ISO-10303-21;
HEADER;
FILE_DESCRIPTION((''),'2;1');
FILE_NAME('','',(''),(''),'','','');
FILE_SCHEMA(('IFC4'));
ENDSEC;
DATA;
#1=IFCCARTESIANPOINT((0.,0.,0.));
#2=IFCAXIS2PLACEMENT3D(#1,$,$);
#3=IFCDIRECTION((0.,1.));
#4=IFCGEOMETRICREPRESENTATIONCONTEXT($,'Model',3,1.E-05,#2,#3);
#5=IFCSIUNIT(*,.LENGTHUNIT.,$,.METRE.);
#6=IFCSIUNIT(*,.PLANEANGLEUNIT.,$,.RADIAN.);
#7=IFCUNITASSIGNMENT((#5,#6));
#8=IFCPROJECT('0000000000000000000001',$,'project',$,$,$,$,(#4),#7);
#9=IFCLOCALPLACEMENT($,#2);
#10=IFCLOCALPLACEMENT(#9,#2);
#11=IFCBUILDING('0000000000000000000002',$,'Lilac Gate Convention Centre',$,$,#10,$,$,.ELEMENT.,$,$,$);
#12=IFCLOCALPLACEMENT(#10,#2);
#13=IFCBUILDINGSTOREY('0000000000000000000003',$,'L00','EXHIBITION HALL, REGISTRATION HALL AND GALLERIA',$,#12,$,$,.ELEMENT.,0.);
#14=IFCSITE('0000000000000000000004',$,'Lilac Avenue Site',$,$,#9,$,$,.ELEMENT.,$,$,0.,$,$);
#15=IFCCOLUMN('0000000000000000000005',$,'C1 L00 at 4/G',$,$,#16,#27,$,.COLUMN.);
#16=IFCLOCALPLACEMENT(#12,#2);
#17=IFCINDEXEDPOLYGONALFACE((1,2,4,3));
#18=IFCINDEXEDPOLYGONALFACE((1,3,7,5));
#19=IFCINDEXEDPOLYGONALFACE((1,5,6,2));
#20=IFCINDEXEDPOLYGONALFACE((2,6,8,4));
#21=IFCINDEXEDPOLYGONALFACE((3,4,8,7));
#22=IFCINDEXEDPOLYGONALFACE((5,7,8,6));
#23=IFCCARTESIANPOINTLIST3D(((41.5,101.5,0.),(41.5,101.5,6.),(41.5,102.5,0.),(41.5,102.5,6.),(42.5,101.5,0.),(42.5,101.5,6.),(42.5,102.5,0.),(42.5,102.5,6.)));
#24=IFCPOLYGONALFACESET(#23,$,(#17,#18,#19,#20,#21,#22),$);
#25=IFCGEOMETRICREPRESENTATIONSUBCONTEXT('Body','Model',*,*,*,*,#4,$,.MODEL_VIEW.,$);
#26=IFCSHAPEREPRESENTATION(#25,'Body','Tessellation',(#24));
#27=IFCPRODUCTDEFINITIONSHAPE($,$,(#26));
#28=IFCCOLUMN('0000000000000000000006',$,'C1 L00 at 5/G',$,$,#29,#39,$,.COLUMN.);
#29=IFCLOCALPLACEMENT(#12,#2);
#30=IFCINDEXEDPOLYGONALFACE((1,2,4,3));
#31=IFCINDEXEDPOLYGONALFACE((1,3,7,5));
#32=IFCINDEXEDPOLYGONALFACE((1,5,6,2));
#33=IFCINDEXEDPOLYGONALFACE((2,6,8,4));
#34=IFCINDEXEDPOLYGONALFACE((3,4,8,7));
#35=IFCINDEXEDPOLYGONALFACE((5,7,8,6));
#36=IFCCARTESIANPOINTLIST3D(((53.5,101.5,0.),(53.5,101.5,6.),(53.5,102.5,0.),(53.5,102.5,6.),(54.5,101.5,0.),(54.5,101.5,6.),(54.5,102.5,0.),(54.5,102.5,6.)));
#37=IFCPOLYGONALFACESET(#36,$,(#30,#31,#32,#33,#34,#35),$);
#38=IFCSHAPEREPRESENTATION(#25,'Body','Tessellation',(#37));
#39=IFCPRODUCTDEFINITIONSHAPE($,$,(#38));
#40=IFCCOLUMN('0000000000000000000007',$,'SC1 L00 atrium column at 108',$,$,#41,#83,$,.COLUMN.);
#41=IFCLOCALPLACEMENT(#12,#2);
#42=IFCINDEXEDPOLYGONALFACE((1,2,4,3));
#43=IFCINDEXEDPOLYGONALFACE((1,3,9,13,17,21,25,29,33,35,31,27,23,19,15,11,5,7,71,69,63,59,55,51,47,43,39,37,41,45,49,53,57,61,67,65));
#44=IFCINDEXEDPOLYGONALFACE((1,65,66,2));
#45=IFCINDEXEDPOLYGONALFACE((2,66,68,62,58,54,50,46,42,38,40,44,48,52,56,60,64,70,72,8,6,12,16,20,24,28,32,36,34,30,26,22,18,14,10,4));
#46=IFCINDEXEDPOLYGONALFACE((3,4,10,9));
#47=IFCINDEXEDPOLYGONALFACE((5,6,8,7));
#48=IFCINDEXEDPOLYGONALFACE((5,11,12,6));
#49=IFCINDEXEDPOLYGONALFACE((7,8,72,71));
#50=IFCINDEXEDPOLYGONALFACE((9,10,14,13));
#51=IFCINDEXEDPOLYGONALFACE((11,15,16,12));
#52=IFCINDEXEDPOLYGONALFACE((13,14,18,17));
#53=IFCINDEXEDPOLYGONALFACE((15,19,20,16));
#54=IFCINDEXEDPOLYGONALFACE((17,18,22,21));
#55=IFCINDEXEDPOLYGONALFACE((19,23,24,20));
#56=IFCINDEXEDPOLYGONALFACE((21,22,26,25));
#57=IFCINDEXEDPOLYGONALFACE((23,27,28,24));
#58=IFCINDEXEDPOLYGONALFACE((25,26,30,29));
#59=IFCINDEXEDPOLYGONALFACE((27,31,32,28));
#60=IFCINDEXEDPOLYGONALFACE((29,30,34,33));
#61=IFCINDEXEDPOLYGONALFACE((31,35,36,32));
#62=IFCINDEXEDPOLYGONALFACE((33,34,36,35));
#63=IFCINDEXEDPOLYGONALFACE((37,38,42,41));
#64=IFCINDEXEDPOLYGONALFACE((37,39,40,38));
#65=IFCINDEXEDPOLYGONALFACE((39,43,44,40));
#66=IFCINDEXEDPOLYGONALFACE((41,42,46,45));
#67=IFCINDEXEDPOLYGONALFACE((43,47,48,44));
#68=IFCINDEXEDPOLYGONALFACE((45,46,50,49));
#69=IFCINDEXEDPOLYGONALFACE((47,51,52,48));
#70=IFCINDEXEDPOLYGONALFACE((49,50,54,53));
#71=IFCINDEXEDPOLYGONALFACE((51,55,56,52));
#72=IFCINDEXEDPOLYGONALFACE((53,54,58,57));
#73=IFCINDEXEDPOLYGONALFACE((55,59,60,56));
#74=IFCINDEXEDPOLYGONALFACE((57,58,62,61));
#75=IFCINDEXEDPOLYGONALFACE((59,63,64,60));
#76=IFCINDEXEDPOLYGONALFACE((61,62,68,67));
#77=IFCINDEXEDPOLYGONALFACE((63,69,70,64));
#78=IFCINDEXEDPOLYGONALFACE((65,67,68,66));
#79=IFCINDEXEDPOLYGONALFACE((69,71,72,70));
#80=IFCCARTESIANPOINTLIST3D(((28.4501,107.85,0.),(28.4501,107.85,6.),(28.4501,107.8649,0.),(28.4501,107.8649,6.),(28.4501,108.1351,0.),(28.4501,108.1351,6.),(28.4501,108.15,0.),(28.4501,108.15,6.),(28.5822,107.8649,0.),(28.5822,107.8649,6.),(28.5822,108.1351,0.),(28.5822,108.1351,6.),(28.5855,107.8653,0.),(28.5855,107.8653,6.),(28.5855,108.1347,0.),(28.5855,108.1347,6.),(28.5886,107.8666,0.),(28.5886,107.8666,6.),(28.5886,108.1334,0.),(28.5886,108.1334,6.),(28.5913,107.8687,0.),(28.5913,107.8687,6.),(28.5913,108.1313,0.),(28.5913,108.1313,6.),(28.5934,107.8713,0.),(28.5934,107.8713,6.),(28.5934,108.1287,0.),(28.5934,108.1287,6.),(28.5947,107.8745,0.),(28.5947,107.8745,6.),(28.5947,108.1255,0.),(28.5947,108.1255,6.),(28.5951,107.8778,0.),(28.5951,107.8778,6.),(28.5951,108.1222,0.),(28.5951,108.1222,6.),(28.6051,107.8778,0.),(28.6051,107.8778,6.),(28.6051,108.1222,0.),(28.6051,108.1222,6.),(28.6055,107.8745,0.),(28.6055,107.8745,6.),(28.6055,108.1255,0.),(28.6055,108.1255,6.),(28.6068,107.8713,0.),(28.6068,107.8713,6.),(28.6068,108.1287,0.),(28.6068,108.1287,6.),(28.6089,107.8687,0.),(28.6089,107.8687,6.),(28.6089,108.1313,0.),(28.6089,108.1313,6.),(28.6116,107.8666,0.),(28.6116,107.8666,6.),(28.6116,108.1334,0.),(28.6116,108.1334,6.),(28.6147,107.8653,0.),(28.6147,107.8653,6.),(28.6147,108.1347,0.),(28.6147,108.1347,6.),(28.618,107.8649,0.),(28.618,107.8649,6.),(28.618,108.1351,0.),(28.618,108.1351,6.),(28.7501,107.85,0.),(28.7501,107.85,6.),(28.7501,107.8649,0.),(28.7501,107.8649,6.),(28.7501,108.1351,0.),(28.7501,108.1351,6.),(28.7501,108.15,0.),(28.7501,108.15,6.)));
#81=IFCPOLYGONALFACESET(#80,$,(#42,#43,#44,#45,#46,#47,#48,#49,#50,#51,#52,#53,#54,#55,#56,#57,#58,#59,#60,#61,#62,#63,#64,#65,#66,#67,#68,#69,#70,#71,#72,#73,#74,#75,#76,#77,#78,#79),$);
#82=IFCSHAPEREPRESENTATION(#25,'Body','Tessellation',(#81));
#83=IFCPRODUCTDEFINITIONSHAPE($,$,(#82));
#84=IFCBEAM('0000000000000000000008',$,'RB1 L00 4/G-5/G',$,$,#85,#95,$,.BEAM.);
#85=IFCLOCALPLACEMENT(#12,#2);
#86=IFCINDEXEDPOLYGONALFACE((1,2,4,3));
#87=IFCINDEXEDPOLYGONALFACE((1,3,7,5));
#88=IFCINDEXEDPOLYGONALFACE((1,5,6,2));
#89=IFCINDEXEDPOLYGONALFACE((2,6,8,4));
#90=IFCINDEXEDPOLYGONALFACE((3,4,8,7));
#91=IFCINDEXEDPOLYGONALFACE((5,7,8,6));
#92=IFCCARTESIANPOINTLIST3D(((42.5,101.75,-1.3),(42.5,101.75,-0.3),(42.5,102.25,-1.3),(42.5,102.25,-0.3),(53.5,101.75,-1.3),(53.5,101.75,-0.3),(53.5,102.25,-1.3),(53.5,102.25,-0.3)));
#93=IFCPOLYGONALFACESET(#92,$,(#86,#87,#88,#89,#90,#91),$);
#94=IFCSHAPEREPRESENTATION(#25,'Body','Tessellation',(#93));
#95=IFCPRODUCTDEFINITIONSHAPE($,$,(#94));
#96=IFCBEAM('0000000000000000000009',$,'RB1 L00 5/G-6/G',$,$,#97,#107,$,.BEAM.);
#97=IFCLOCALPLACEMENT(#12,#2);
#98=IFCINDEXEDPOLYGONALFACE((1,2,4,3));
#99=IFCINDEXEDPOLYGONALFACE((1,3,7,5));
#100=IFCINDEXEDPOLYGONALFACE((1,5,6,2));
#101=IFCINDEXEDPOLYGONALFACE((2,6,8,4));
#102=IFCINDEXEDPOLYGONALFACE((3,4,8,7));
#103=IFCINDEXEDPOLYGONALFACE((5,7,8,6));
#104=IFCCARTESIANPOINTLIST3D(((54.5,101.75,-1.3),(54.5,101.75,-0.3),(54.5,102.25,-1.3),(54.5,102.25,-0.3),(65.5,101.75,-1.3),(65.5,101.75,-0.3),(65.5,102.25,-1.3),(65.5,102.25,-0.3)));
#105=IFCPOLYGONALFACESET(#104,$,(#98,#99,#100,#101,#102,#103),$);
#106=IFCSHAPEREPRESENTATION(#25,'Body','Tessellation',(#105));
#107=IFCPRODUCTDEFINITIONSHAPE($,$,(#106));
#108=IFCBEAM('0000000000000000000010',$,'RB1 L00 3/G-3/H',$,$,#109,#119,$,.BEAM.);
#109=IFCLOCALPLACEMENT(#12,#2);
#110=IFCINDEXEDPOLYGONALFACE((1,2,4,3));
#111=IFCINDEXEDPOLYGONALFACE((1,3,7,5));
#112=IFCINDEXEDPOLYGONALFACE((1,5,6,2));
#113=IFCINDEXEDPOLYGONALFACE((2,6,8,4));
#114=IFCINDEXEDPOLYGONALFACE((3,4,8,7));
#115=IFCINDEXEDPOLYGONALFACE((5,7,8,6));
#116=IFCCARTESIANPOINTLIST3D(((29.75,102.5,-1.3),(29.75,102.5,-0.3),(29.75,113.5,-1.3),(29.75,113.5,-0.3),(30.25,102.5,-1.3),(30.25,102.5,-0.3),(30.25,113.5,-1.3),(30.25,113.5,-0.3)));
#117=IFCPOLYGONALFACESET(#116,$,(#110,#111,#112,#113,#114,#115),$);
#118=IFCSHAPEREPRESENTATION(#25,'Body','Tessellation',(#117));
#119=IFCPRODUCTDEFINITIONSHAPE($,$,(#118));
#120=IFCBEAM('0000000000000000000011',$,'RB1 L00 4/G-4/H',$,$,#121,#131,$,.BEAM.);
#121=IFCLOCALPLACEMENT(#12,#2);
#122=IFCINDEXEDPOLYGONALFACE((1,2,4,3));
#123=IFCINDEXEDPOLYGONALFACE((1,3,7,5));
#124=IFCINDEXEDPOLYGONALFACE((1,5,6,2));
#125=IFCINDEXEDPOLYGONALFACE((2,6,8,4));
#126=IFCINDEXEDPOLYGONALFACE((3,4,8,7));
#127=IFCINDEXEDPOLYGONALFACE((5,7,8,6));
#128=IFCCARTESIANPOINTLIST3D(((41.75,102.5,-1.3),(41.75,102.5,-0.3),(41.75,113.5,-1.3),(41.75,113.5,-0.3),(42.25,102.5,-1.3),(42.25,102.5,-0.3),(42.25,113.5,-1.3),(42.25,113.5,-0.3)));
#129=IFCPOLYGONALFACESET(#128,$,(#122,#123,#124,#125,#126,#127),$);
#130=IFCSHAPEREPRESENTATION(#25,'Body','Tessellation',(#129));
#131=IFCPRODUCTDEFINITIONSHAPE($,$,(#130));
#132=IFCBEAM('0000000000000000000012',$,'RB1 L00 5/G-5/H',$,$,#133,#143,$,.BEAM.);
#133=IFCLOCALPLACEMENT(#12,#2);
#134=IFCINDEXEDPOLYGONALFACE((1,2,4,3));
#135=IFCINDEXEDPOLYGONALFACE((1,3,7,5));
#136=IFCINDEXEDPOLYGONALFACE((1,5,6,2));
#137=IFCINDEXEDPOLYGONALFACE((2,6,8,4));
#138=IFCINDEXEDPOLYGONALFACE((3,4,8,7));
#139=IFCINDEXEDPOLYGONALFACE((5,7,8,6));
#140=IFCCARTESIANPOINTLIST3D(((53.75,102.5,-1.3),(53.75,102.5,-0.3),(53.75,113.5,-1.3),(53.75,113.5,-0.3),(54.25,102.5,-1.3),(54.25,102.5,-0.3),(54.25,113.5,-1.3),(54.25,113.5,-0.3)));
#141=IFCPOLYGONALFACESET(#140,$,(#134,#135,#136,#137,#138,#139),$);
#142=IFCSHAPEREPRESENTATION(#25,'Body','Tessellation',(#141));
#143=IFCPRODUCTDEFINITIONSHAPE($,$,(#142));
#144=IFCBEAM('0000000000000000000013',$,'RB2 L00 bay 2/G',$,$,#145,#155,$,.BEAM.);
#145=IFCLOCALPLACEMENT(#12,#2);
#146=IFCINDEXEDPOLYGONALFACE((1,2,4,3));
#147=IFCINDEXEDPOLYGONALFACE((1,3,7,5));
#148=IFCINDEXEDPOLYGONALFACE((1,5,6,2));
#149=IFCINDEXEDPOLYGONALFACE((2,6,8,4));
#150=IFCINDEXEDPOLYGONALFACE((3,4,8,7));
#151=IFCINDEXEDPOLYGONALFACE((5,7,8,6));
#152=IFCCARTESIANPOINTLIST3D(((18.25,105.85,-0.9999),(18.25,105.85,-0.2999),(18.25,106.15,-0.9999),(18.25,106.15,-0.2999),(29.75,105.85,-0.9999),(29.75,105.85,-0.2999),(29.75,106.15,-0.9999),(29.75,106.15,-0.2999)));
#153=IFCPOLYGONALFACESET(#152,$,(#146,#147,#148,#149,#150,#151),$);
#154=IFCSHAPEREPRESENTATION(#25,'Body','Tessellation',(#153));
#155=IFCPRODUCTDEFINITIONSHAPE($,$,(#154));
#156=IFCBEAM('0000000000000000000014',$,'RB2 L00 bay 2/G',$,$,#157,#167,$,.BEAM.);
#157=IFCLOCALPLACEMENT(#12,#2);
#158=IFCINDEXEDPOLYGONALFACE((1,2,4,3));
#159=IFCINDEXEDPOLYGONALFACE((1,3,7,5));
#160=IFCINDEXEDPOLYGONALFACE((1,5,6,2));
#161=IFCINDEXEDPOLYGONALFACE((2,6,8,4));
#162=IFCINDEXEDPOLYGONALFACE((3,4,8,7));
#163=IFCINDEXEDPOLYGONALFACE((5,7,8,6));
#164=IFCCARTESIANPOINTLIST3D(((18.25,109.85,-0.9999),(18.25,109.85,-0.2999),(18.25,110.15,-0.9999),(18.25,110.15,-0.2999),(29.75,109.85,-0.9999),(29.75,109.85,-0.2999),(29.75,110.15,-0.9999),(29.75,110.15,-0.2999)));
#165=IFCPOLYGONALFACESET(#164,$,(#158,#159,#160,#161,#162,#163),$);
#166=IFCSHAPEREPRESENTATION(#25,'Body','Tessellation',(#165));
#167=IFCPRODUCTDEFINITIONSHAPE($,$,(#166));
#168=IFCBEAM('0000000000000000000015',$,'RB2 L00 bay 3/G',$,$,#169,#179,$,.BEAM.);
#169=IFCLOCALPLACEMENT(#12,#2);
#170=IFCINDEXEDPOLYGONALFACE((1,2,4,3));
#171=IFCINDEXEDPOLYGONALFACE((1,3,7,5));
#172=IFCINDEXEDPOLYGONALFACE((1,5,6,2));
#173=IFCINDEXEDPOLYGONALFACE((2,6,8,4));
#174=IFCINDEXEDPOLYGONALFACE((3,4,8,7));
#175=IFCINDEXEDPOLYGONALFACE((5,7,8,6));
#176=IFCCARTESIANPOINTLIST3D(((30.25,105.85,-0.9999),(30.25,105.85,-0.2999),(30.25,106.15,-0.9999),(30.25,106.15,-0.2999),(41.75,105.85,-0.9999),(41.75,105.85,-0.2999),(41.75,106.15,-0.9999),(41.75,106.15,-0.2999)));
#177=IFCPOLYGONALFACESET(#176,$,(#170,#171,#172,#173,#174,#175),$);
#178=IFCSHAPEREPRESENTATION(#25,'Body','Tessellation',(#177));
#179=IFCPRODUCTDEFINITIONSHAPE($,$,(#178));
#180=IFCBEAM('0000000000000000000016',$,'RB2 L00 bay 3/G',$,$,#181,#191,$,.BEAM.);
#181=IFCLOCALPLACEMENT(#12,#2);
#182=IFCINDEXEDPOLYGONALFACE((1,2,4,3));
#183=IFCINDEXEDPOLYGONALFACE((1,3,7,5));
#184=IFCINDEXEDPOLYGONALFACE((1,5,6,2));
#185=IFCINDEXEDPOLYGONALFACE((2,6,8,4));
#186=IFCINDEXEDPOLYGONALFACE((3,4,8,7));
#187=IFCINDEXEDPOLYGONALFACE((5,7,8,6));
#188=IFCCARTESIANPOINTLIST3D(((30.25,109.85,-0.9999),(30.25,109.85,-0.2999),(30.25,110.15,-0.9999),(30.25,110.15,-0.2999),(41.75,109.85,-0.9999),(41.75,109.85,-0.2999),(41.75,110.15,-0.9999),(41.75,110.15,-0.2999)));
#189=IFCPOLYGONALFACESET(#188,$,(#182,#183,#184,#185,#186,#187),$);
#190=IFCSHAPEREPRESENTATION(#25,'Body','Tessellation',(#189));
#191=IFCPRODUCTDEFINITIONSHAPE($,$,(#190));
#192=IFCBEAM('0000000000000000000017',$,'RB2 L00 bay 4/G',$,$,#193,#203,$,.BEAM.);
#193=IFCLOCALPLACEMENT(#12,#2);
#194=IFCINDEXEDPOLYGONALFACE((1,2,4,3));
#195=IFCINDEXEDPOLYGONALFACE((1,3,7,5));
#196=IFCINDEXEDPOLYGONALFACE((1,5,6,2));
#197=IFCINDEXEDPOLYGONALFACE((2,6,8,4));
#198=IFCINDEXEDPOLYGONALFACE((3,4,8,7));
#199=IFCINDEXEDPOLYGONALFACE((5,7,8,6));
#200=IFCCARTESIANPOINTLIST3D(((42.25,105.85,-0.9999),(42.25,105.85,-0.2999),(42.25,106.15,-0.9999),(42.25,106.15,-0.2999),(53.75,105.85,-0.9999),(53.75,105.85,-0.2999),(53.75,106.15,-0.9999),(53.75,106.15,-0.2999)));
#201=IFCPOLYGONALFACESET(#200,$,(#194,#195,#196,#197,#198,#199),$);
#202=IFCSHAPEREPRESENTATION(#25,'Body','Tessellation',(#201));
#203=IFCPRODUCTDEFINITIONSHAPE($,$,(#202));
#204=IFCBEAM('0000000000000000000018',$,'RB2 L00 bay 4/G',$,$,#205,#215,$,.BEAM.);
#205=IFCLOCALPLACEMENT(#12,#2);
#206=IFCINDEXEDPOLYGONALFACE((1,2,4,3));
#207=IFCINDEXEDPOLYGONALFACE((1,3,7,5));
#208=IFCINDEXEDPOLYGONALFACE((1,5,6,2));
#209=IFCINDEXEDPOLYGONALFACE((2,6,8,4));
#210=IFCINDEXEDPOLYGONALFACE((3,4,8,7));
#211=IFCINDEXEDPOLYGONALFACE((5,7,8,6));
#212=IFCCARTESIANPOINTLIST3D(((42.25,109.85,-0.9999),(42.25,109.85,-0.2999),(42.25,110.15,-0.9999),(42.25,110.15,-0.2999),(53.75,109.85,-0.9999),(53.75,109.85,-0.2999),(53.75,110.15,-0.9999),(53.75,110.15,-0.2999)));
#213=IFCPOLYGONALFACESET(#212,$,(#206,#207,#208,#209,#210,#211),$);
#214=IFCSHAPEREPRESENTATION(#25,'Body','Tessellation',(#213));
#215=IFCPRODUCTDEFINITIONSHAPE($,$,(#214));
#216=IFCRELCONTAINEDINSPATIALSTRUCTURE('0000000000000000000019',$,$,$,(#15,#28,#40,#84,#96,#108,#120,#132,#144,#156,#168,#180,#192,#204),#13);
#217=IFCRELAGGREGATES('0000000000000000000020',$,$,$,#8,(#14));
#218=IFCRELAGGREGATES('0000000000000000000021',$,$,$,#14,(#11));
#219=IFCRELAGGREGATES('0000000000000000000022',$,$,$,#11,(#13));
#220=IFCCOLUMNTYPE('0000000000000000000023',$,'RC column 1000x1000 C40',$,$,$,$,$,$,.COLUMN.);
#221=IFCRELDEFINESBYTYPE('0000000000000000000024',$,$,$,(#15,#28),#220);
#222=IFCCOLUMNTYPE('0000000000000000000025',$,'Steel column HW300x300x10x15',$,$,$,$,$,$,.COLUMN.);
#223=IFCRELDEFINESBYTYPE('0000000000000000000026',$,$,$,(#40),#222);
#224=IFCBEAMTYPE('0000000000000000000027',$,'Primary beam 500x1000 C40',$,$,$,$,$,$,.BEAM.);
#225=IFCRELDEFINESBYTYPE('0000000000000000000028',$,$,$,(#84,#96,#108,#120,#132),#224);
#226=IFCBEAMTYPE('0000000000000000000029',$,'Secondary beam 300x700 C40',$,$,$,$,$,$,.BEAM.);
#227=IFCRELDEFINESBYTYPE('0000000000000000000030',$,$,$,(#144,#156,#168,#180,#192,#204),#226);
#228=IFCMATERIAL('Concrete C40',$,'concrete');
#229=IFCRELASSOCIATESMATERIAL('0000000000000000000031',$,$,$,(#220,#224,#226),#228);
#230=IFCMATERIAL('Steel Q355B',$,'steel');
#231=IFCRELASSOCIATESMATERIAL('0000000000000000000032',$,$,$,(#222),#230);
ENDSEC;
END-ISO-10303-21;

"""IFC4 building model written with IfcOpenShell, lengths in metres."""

from ifc_helpers import new_model, si_unit, direction, frame, origin, origin_2d, place, context, subcontext, project, spatial, rectangle, i_section, extrude, material, material_profile, profile_set, type_object, element, save


model = new_model("IFC4")

# Units and contexts
model_context = context("Model", 3, precision=1e-05, world=origin(), true_north=direction((0.0, 1.0)))
body_context = subcontext(model_context, "Body", "Model", "MODEL_VIEW")
ifc_project = project(units=[si_unit("LENGTHUNIT", "METRE"), si_unit("PLANEANGLEUNIT", "RADIAN")], contexts=[model_context])

# Site, building, storey
site_placement = place(None, origin())
site = spatial("IfcSite", under=ifc_project, at=site_placement, Name="Lilac Avenue Site", CompositionType="ELEMENT", RefElevation=0.0)
building_placement = place(site_placement, origin())
building = spatial("IfcBuilding", under=site, at=building_placement, Name="Lilac Gate Convention Centre", CompositionType="ELEMENT")
storey_placement = place(building_placement, origin())
storey = spatial("IfcBuildingStorey", under=building, at=storey_placement, Name="L00", Description="EXHIBITION HALL, REGISTRATION HALL AND GALLERIA", CompositionType="ELEMENT", Elevation=0.0)

# Columns
ifc_material_1 = material(Name="Concrete C40", Category="concrete")
ifc_material_profile_1 = material_profile(ifc_material_1, rectangle(XDim=1.0, YDim=1.0, at=origin_2d()), Name="RC 1000x1000")
ifc_profile_set_1 = profile_set([ifc_material_profile_1], Name="Concrete C40")
column_type_1 = type_object("IfcColumnType", Name="RC column 1000x1000 C40", PredefinedType="COLUMN", material=ifc_profile_set_1)
for number, where, z_axis, x_axis, name in (
    (1, (42.0, 102.0, 0.0), (0.0, 0.0, 1.0), (1.0, 0.0, 0.0), "C1 L00 at 4/G"),
    (2, (54.0, 102.0, 0.0), (0.0, 0.0, 1.0), (1.0, 0.0, 0.0), "C1 L00 at 5/G"),
):
    element("IfcColumn", number, at=place(storey_placement, frame(where, z_axis=z_axis, x_axis=x_axis)), inside=storey, type_object=column_type_1, Name=name, PredefinedType="COLUMN", context=body_context, shape_type="SweptSolid", body=[
        extrude(rectangle(XDim=1.0, YDim=1.0, at=origin_2d()), origin(), (0.0, 0.0, 1.0), 6.0),
    ])
ifc_material_2 = material(Name="Steel Q355B", Category="steel")
ifc_material_profile_2 = material_profile(ifc_material_2, i_section(OverallWidth=0.3, OverallDepth=0.3, WebThickness=0.01, FlangeThickness=0.0149, FilletRadius=0.0129, at=origin_2d()), Name="HW300x300x10x15")
ifc_profile_set_2 = profile_set([ifc_material_profile_2], Name="Steel Q355B")
column_type_2 = type_object("IfcColumnType", Name="Steel column HW300x300x10x15", PredefinedType="COLUMN", material=ifc_profile_set_2)
column_placement = place(storey_placement, frame((28.6001, 108.0, 0.0), z_axis=(0.0, 0.0, 1.0), x_axis=(1.0, 0.0, 0.0)))
element("IfcColumn", 3, at=column_placement, inside=storey, type_object=column_type_2, Name="SC1 L00 atrium column at 108", PredefinedType="COLUMN", context=body_context, shape_type="SweptSolid", body=[
    extrude(i_section(OverallWidth=0.3, OverallDepth=0.3, WebThickness=0.01, FlangeThickness=0.0149, FilletRadius=0.0129, at=origin_2d()), origin(), (0.0, 0.0, 1.0), 6.0),
])

# Beams
ifc_material_profile_3 = material_profile(ifc_material_1, rectangle(XDim=0.5, YDim=1.0, at=origin_2d()), Name="RC 500x1000")
ifc_profile_set_3 = profile_set([ifc_material_profile_3], Name="Concrete C40")
beam_type_1 = type_object("IfcBeamType", Name="Primary beam 500x1000 C40", PredefinedType="BEAM", material=ifc_profile_set_3)
for number, where, z_axis, x_axis, name in (
    (4, (42.5, 102.0, -0.8), (1.0, 0.0, 0.0), (0.0, 1.0, 0.0), "RB1 L00 4/G-5/G"),
    (5, (54.5, 102.0, -0.8), (1.0, 0.0, 0.0), (0.0, 1.0, 0.0), "RB1 L00 5/G-6/G"),
    (6, (30.0, 102.5, -0.8), (0.0, 1.0, 0.0), (-1.0, 0.0, 0.0), "RB1 L00 3/G-3/H"),
    (7, (42.0, 102.5, -0.8), (0.0, 1.0, 0.0), (-1.0, 0.0, 0.0), "RB1 L00 4/G-4/H"),
    (8, (54.0, 102.5, -0.8), (0.0, 1.0, 0.0), (-1.0, 0.0, 0.0), "RB1 L00 5/G-5/H"),
):
    element("IfcBeam", number, at=place(storey_placement, frame(where, z_axis=z_axis, x_axis=x_axis)), inside=storey, type_object=beam_type_1, Name=name, PredefinedType="BEAM", context=body_context, shape_type="SweptSolid", body=[
        extrude(rectangle(XDim=0.5, YDim=1.0, at=origin_2d()), origin(), (0.0, 0.0, 1.0), 11.0),
    ])
ifc_material_profile_4 = material_profile(ifc_material_1, rectangle(XDim=0.3, YDim=0.7, at=origin_2d()), Name="RC 300x700")
ifc_profile_set_4 = profile_set([ifc_material_profile_4], Name="Concrete C40")
beam_type_2 = type_object("IfcBeamType", Name="Secondary beam 300x700 C40", PredefinedType="BEAM", material=ifc_profile_set_4)
for number, where, z_axis, x_axis, name in (
    (9, (18.25, 106.0, -0.6499), (1.0, 0.0, 0.0), (0.0, 1.0, 0.0), "RB2 L00 bay 2/G"),
    (10, (18.25, 110.0, -0.6499), (1.0, 0.0, 0.0), (0.0, 1.0, 0.0), "RB2 L00 bay 2/G"),
    (11, (30.25, 106.0, -0.6499), (1.0, 0.0, 0.0), (0.0, 1.0, 0.0), "RB2 L00 bay 3/G"),
    (12, (30.25, 110.0, -0.6499), (1.0, 0.0, 0.0), (0.0, 1.0, 0.0), "RB2 L00 bay 3/G"),
    (13, (42.25, 106.0, -0.6499), (1.0, 0.0, 0.0), (0.0, 1.0, 0.0), "RB2 L00 bay 4/G"),
    (14, (42.25, 110.0, -0.6499), (1.0, 0.0, 0.0), (0.0, 1.0, 0.0), "RB2 L00 bay 4/G"),
):
    element("IfcBeam", number, at=place(storey_placement, frame(where, z_axis=z_axis, x_axis=x_axis)), inside=storey, type_object=beam_type_2, Name=name, PredefinedType="BEAM", context=body_context, shape_type="SweptSolid", body=[
        extrude(rectangle(XDim=0.3, YDim=0.7, at=origin_2d()), origin(), (0.0, 0.0, 1.0), 11.5),
    ])

save(model, "model.ifc")
